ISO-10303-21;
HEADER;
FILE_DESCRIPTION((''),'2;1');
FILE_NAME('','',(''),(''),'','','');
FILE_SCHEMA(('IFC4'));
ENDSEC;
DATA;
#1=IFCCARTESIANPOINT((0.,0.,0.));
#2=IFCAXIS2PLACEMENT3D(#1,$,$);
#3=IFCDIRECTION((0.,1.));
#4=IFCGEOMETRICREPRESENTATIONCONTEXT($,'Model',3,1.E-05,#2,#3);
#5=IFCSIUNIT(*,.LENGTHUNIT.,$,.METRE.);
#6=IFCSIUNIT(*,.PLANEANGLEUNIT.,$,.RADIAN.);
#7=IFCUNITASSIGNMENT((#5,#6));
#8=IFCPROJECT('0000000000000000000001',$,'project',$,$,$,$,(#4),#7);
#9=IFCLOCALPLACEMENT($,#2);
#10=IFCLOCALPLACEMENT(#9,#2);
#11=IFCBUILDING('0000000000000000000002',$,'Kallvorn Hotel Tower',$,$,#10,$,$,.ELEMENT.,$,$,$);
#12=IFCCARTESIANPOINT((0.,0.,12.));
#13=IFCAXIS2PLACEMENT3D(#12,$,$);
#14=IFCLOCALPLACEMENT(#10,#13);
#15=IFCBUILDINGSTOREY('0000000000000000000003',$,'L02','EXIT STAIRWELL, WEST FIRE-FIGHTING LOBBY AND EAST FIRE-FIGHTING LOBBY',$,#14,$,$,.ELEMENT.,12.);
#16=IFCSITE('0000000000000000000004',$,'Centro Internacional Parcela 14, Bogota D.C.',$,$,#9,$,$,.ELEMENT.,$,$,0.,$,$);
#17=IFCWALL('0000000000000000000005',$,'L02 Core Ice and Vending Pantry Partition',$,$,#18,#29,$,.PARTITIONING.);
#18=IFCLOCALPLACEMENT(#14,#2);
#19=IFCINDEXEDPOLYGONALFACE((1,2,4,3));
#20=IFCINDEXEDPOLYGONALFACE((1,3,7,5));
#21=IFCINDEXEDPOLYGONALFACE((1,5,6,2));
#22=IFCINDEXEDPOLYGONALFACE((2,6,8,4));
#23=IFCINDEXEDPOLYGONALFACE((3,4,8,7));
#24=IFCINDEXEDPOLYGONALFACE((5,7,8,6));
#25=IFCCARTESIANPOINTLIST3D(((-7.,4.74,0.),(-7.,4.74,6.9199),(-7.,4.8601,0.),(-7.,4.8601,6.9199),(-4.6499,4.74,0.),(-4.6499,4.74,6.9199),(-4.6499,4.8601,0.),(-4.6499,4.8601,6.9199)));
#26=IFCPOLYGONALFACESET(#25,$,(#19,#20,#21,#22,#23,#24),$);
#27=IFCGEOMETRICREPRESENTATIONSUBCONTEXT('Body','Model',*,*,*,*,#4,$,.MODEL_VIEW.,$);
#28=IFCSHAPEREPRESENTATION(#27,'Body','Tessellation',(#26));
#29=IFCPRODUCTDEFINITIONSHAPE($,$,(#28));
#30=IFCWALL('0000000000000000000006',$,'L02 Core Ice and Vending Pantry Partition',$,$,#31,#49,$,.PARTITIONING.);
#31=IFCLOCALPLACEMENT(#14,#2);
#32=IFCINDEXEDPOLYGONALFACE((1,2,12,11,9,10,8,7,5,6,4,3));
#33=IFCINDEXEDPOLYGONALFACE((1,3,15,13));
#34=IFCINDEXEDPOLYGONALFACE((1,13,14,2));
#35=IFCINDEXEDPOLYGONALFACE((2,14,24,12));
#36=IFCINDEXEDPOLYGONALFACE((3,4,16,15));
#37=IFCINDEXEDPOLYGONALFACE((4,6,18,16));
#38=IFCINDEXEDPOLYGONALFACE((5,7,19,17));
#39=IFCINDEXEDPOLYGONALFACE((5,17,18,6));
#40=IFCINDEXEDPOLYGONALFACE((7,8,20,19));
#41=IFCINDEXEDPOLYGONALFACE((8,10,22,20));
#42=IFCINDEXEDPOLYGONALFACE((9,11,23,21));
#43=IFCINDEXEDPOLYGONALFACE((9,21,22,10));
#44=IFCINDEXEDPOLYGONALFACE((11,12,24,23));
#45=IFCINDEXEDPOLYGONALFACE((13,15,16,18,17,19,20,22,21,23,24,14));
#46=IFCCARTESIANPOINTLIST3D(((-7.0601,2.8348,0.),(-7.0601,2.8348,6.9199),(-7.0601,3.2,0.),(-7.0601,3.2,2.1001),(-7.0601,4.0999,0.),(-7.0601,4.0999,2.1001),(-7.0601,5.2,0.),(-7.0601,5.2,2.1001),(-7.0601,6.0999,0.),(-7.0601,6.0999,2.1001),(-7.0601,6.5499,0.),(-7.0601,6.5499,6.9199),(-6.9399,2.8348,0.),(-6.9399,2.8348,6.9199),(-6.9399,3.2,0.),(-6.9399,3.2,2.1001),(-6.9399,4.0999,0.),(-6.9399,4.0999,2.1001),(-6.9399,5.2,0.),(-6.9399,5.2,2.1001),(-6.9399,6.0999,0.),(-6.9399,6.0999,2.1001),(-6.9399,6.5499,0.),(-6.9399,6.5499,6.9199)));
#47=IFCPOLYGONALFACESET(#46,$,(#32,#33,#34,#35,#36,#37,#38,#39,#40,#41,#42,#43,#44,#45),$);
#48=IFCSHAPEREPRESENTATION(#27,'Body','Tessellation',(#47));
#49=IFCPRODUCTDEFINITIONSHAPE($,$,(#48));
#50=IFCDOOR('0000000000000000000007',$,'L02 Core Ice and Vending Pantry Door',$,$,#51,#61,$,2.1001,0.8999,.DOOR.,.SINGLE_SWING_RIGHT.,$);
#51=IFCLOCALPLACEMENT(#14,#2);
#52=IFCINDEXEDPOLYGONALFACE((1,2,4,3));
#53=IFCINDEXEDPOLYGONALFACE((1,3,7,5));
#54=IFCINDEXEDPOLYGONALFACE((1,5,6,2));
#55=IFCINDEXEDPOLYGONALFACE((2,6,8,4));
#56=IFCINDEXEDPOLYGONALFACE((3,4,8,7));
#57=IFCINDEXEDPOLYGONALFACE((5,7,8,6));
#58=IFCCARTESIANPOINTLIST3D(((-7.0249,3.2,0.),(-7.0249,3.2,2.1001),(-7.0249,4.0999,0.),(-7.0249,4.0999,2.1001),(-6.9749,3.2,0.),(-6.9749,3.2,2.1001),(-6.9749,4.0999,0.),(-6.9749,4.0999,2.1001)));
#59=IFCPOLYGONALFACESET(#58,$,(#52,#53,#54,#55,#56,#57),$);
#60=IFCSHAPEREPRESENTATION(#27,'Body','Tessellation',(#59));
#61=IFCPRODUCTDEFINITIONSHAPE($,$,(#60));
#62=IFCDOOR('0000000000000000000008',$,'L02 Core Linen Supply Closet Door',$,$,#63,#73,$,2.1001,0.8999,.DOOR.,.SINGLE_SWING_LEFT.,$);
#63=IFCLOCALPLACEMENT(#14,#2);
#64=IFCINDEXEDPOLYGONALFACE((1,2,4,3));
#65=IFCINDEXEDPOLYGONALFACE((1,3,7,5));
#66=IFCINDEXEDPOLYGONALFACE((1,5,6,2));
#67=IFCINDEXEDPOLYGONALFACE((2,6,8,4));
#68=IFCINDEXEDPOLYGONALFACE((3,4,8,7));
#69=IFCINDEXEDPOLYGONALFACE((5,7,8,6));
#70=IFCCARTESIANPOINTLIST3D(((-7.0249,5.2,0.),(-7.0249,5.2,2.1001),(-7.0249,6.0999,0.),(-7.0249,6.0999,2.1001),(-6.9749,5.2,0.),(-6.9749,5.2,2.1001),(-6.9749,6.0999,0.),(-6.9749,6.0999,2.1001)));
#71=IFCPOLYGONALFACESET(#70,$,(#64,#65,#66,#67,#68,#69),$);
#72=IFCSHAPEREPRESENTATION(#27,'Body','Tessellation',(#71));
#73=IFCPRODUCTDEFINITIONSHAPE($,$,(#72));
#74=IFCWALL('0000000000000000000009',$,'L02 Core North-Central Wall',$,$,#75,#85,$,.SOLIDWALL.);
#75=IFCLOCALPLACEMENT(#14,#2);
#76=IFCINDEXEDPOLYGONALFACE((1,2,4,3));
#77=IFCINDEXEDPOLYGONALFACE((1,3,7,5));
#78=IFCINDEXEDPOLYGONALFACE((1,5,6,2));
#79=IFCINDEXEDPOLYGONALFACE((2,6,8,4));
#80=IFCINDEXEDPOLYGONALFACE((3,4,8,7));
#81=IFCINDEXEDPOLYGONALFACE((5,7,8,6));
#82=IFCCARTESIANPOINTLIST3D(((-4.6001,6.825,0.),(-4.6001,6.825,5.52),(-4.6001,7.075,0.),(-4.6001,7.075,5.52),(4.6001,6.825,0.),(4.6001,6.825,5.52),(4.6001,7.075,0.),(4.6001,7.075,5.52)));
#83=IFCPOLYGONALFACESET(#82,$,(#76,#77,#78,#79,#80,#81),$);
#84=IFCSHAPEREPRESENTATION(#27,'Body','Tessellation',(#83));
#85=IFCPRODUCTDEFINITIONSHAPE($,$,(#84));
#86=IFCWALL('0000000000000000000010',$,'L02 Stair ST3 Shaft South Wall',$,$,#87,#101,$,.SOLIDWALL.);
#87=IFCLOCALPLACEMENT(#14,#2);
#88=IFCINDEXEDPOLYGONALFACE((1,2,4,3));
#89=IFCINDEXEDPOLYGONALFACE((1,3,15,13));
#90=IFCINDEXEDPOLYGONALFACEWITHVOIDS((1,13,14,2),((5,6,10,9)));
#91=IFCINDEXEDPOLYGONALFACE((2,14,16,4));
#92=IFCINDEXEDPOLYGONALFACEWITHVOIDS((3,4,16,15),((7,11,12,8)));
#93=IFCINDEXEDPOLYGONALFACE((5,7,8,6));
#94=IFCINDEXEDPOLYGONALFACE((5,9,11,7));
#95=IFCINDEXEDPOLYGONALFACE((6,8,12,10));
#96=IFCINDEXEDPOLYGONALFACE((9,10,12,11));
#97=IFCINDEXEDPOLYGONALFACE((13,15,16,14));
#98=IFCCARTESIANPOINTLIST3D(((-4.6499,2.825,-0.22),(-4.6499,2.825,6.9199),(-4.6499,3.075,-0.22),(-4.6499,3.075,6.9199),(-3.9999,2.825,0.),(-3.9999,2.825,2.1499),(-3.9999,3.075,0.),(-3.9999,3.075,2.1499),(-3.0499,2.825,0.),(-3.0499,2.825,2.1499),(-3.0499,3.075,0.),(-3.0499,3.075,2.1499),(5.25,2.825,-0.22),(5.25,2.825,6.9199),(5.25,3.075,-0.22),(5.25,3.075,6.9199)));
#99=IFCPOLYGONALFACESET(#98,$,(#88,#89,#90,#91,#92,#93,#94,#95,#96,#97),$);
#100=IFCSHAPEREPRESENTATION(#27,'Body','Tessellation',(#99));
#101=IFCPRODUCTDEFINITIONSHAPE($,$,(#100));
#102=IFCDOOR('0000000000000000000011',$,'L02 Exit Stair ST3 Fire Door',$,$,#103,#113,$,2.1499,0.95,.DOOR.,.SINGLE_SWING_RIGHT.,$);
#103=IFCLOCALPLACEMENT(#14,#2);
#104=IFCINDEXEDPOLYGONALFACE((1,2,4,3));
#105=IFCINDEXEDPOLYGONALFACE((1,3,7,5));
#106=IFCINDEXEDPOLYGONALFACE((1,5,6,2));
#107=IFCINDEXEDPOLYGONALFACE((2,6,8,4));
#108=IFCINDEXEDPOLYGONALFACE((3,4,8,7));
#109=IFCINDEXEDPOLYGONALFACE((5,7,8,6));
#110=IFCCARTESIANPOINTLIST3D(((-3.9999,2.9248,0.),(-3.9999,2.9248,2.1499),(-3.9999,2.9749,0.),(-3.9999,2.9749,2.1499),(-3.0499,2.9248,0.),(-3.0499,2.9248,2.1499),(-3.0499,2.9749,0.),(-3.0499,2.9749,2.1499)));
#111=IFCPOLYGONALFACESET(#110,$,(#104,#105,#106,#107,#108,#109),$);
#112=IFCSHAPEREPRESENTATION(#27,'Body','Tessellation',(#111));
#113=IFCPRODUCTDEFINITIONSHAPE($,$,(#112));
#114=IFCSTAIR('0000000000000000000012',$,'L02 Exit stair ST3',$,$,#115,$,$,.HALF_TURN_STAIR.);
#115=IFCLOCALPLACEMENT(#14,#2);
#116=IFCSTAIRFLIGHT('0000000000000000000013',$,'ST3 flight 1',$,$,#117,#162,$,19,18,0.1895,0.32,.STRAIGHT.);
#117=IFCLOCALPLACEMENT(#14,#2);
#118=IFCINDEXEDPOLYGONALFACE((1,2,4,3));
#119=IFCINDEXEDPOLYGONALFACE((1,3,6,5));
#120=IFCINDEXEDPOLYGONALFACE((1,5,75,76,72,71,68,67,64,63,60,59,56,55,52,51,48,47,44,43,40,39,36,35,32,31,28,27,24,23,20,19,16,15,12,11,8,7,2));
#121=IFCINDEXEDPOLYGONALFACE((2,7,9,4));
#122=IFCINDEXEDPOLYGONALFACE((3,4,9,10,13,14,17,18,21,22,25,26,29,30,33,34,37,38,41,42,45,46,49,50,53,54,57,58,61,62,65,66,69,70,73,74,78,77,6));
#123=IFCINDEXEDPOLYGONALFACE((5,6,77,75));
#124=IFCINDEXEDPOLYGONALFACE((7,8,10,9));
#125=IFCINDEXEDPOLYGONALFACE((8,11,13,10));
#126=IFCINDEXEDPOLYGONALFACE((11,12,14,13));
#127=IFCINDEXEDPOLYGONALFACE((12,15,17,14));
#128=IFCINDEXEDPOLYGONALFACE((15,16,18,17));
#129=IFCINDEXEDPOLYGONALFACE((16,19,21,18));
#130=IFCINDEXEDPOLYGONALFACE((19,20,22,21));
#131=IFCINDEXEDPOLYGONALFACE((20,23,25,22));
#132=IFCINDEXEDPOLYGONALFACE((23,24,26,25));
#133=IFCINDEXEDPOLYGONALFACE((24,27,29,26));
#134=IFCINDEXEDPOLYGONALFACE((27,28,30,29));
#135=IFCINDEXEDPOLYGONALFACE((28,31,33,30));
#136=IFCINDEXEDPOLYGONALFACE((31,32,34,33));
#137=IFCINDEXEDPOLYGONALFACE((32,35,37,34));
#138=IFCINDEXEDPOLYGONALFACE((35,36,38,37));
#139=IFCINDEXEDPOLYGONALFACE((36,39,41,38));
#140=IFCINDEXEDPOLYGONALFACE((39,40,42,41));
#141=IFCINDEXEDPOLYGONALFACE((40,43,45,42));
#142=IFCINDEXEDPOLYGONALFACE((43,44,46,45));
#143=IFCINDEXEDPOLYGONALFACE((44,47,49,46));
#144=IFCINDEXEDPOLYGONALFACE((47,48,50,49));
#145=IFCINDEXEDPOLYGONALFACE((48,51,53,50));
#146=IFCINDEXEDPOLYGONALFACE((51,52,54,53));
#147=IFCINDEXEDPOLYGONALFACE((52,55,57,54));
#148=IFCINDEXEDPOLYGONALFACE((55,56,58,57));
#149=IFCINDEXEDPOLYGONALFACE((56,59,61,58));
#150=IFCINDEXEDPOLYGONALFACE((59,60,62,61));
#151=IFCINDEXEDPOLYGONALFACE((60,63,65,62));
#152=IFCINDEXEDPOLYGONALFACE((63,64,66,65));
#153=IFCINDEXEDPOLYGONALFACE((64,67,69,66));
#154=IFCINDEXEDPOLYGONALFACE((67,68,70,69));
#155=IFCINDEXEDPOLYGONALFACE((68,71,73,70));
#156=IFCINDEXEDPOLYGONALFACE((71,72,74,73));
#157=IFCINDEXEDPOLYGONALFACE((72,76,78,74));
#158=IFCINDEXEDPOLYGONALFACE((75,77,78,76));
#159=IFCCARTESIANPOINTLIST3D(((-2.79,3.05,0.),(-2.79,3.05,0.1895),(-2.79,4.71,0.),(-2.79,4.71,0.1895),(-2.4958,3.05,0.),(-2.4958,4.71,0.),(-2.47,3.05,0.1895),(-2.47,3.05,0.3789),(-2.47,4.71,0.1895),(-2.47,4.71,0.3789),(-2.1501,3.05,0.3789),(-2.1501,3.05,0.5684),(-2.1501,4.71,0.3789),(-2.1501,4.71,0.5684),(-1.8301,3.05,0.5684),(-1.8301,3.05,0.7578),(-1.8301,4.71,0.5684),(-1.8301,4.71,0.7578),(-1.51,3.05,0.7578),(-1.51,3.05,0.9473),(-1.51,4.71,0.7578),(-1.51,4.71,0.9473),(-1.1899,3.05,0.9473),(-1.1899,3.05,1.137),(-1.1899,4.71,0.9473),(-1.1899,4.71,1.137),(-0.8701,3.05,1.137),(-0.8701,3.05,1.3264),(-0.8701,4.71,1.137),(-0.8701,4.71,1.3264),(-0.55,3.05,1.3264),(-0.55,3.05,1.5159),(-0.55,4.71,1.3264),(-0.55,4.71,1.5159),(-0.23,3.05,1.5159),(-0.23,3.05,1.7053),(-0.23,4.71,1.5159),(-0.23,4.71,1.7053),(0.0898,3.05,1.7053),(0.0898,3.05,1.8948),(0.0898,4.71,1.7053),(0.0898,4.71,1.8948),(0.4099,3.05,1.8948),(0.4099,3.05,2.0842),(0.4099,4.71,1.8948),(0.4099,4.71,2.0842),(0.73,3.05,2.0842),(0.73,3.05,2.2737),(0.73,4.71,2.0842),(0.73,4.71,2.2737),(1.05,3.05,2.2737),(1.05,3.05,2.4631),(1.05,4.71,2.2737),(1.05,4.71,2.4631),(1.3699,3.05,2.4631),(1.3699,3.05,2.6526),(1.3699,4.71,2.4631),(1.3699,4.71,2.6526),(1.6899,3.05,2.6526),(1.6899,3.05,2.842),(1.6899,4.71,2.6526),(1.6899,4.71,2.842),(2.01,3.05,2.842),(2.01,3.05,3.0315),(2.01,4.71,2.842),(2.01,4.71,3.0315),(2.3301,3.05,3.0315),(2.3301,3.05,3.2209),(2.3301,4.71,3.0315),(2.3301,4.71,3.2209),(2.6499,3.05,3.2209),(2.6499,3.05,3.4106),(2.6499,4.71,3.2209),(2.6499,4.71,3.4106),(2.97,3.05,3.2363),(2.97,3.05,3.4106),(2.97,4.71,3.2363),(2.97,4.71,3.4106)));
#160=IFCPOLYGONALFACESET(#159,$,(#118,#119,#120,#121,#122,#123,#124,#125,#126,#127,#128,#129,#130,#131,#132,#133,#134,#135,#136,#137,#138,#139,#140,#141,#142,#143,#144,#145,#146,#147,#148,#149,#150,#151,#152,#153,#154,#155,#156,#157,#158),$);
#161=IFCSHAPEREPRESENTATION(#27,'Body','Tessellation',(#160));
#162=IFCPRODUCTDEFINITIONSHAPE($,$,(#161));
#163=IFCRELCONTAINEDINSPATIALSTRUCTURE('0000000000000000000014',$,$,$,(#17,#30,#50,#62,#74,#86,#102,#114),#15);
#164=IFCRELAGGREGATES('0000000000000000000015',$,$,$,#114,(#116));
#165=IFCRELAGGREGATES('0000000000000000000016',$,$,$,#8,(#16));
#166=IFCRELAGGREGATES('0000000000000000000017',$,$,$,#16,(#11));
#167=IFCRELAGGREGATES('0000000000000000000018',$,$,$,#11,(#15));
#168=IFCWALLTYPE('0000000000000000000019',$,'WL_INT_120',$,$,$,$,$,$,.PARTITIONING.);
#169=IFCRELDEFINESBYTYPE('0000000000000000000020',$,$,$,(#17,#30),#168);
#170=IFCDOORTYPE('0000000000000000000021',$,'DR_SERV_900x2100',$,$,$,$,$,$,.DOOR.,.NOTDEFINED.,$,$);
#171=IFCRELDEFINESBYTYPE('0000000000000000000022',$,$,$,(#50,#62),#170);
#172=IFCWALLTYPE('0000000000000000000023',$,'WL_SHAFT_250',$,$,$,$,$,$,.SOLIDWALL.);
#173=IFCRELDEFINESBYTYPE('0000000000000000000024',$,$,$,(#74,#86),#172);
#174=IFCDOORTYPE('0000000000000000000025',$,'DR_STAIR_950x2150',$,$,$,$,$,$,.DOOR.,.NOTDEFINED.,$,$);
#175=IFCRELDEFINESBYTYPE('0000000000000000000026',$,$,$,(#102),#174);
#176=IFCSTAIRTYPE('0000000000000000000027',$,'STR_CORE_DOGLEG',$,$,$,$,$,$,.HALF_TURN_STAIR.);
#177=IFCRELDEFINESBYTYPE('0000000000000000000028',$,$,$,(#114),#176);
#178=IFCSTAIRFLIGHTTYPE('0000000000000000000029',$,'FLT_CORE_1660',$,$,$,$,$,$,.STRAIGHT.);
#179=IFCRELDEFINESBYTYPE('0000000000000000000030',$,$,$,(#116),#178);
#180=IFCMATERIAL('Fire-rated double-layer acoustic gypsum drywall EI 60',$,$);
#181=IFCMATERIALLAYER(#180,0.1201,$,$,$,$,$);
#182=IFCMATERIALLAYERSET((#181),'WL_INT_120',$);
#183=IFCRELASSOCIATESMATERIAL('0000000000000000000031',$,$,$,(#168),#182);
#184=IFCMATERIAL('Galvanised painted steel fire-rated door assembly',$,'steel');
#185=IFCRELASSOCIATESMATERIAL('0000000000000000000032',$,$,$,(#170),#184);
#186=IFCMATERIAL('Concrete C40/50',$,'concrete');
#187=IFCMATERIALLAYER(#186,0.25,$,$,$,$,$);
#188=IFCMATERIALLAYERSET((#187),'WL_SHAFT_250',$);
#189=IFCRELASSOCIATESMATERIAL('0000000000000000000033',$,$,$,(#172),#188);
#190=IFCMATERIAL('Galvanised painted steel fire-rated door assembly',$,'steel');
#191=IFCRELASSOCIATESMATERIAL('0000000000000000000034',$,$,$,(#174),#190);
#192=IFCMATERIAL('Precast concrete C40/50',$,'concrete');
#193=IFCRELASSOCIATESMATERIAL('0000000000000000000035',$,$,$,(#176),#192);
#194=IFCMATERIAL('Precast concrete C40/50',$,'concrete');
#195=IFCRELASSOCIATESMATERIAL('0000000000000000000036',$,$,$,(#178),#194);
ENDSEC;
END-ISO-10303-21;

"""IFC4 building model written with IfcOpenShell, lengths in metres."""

from ifc_helpers import new_model, si_unit, direction, frame, frame_2d, origin, place, context, subcontext, project, spatial, polyline, rectangle, outline, extrude, material, layer, layer_set, type_object, element, fill, aggregate, save


model = new_model("IFC4")

# Units and contexts
model_context = context("Model", 3, precision=1e-05, world=origin(), true_north=direction((0.0, 1.0)))
body_context = subcontext(model_context, "Body", "Model", "MODEL_VIEW")
ifc_project = project(units=[si_unit("LENGTHUNIT", "METRE"), si_unit("PLANEANGLEUNIT", "RADIAN")], contexts=[model_context])

# Site, building, storey
site_placement = place(None, origin())
site = spatial("IfcSite", under=ifc_project, at=site_placement, Name="Centro Internacional Parcela 14, Bogota D.C.", CompositionType="ELEMENT", RefElevation=0.0)
building_placement = place(site_placement, origin())
building = spatial("IfcBuilding", under=site, at=building_placement, Name="Kallvorn Hotel Tower", CompositionType="ELEMENT")
storey_placement = place(building_placement, frame((0.0, 0.0, 12.0)))
storey = spatial("IfcBuildingStorey", under=building, at=storey_placement, Name="L02", Description="EXIT STAIRWELL, WEST FIRE-FIGHTING LOBBY AND EAST FIRE-FIGHTING LOBBY", CompositionType="ELEMENT", Elevation=12.0)

# Wall
ifc_material_1 = material(Name="Fire-rated double-layer acoustic gypsum drywall EI 60")
ifc_layer_1 = layer(ifc_material_1, 0.1201)
ifc_layer_set_1 = layer_set([ifc_layer_1], Name="WL_INT_120")
wall_type_1 = type_object("IfcWallType", Name="WL_INT_120", PredefinedType="PARTITIONING", material=ifc_layer_set_1)
wall_1_placement = place(storey_placement, frame((-7.0, 4.8, 0.0), z_axis=(0.0, 0.0, 1.0), x_axis=(1.0, 0.0, 0.0)))
element("IfcWall", 1, at=wall_1_placement, inside=storey, type_object=wall_type_1, Name="L02 Core Ice and Vending Pantry Partition", PredefinedType="PARTITIONING", context=body_context, shape_type="SweptSolid", body=[
    extrude(rectangle(XDim=2.3501, YDim=0.1201, at=frame_2d((1.175, 0.0))), origin(), (0.0, 0.0, 1.0), 6.9199),
])

# Wall, openings, doors
wall_2_placement = place(storey_placement, frame((-7.0, 2.835, 0.0), z_axis=(0.0, 0.0, 1.0), x_axis=(0.0, 1.0, 0.0)))
wall_2 = element("IfcWall", 2, at=wall_2_placement, inside=storey, type_object=wall_type_1, Name="L02 Core Ice and Vending Pantry Partition", PredefinedType="PARTITIONING", context=body_context, shape_type="SweptSolid", body=[
    extrude(rectangle(XDim=3.7151, YDim=0.1201, at=frame_2d((1.8574, 0.0))), origin(), (0.0, 0.0, 1.0), 6.9199),
])
opening_1_placement = place(wall_2_placement, frame((0.365, 0.0, 0.0)))
opening_1 = element("IfcOpeningElement", 3, at=opening_1_placement, cuts=wall_2, PredefinedType="OPENING", context=body_context, shape_type="SweptSolid", body=[
    extrude(rectangle(XDim=0.8999, YDim=2.1001, at=frame_2d((0.45, 1.05))), frame((0.0, 0.075, 0.0), z_axis=(0.0, -1.0, 0.0), x_axis=(1.0, 0.0, 0.0)), (0.0, 0.0, 1.0), 0.1501),
])
opening_2_placement = place(wall_2_placement, frame((2.365, 0.0, 0.0)))
opening_2 = element("IfcOpeningElement", 4, at=opening_2_placement, cuts=wall_2, PredefinedType="OPENING", context=body_context, shape_type="SweptSolid", body=[
    extrude(rectangle(XDim=0.8999, YDim=2.1001, at=frame_2d((0.45, 1.05))), frame((0.0, 0.075, 0.0), z_axis=(0.0, -1.0, 0.0), x_axis=(1.0, 0.0, 0.0)), (0.0, 0.0, 1.0), 0.1501),
])
ifc_material_2 = material(Name="Galvanised painted steel fire-rated door assembly", Category="steel")
door_type_1 = type_object("IfcDoorType", Name="DR_SERV_900x2100", OperationType="NOTDEFINED", PredefinedType="DOOR", material=ifc_material_2)
door_1_placement = place(opening_1_placement, origin())
door_1 = element("IfcDoor", 5, at=door_1_placement, inside=storey, type_object=door_type_1, Name="L02 Core Ice and Vending Pantry Door", OperationType="SINGLE_SWING_RIGHT", OverallHeight=2.1001, OverallWidth=0.8999, PredefinedType="DOOR", context=body_context, shape_type="SweptSolid", body=[
    extrude(rectangle(XDim=0.8999, YDim=2.1001, at=frame_2d((0.45, 1.05))), frame((0.0, 0.0249, 0.0), z_axis=(0.0, -1.0, 0.0), x_axis=(1.0, 0.0, 0.0)), (0.0, 0.0, 1.0), 0.05),
])
fill(opening_1, door_1)
door_2_placement = place(opening_2_placement, origin())
door_2 = element("IfcDoor", 6, at=door_2_placement, inside=storey, type_object=door_type_1, Name="L02 Core Linen Supply Closet Door", OperationType="SINGLE_SWING_LEFT", OverallHeight=2.1001, OverallWidth=0.8999, PredefinedType="DOOR", context=body_context, shape_type="SweptSolid", body=[
    extrude(rectangle(XDim=0.8999, YDim=2.1001, at=frame_2d((0.45, 1.05))), frame((0.0, 0.0249, 0.0), z_axis=(0.0, -1.0, 0.0), x_axis=(1.0, 0.0, 0.0)), (0.0, 0.0, 1.0), 0.05),
])
fill(opening_2, door_2)

# Wall
ifc_material_3 = material(Name="Concrete C40/50", Category="concrete")
ifc_layer_2 = layer(ifc_material_3, 0.25)
ifc_layer_set_2 = layer_set([ifc_layer_2], Name="WL_SHAFT_250")
wall_type_2 = type_object("IfcWallType", Name="WL_SHAFT_250", PredefinedType="SOLIDWALL", material=ifc_layer_set_2)
wall_3_placement = place(storey_placement, frame((-4.6001, 6.95, 0.0), z_axis=(0.0, 0.0, 1.0), x_axis=(1.0, 0.0, 0.0)))
element("IfcWall", 7, at=wall_3_placement, inside=storey, type_object=wall_type_2, Name="L02 Core North-Central Wall", PredefinedType="SOLIDWALL", context=body_context, shape_type="SweptSolid", body=[
    extrude(rectangle(XDim=9.2002, YDim=0.25, at=frame_2d((4.6001, 0.0))), origin(), (0.0, 0.0, 1.0), 5.52),
])

# Wall, opening, door
wall_4_placement = place(storey_placement, frame((-4.6499, 2.95, -0.22), z_axis=(0.0, 0.0, 1.0), x_axis=(1.0, 0.0, 0.0)))
wall_4 = element("IfcWall", 8, at=wall_4_placement, inside=storey, type_object=wall_type_2, Name="L02 Stair ST3 Shaft South Wall", PredefinedType="SOLIDWALL", context=body_context, shape_type="SweptSolid", body=[
    extrude(rectangle(XDim=9.8999, YDim=0.25, at=frame_2d((4.95, 0.0))), origin(), (0.0, 0.0, 1.0), 7.1399),
])
opening_3_placement = place(wall_4_placement, frame((0.6499, 0.0, 0.22)))
opening_3 = element("IfcOpeningElement", 9, at=opening_3_placement, cuts=wall_4, PredefinedType="OPENING", context=body_context, shape_type="SweptSolid", body=[
    extrude(rectangle(XDim=0.95, YDim=2.1499, at=frame_2d((0.4751, 1.075))), frame((0.0, 0.1399, 0.0), z_axis=(0.0, -1.0, 0.0), x_axis=(1.0, 0.0, 0.0)), (0.0, 0.0, 1.0), 0.28),
])
ifc_material_4 = material(Name="Galvanised painted steel fire-rated door assembly", Category="steel")
door_type_2 = type_object("IfcDoorType", Name="DR_STAIR_950x2150", OperationType="NOTDEFINED", PredefinedType="DOOR", material=ifc_material_4)
door_3_placement = place(opening_3_placement, origin())
door_3 = element("IfcDoor", 10, at=door_3_placement, inside=storey, type_object=door_type_2, Name="L02 Exit Stair ST3 Fire Door", OperationType="SINGLE_SWING_RIGHT", OverallHeight=2.1499, OverallWidth=0.95, PredefinedType="DOOR", context=body_context, shape_type="SweptSolid", body=[
    extrude(rectangle(XDim=0.95, YDim=2.1499, at=frame_2d((0.4751, 1.075))), frame((0.0, 0.0249, 0.0), z_axis=(0.0, -1.0, 0.0), x_axis=(1.0, 0.0, 0.0)), (0.0, 0.0, 1.0), 0.05),
])
fill(opening_3, door_3)

# Stair, stair flight
ifc_material_5 = material(Name="Precast concrete C40/50", Category="concrete")
stair_type = type_object("IfcStairType", Name="STR_CORE_DOGLEG", PredefinedType="HALF_TURN_STAIR", material=ifc_material_5)
stair_placement = place(storey_placement, origin())
stair = element("IfcStair", 11, at=stair_placement, inside=storey, type_object=stair_type, Name="L02 Exit stair ST3", PredefinedType="HALF_TURN_STAIR")
ifc_material_6 = material(Name="Precast concrete C40/50", Category="concrete")
stair_flight_type = type_object("IfcStairFlightType", Name="FLT_CORE_1660", PredefinedType="STRAIGHT", material=ifc_material_6)
stair_flight_placement = place(storey_placement, frame((-2.79, 3.8799, 0.0), z_axis=(0.0, 0.0, 1.0), x_axis=(1.0, 0.0, 0.0)))
stair_flight = element("IfcStairFlight", 12, at=stair_flight_placement, type_object=stair_flight_type, Name="ST3 flight 1", NumberOfRisers=19, NumberOfTreads=18, PredefinedType="STRAIGHT", RiserHeight=0.1895, TreadLength=0.32, context=body_context, shape_type="SweptSolid", body=[
    extrude(outline(polyline([(0.0, 0.0), (0.0, 0.1895), (0.3201, 0.1895), (0.3201, 0.3789), (0.6399, 0.3789), (0.6399, 0.5684), (0.96, 0.5684), (0.96, 0.7578), (1.28, 0.7578), (1.28, 0.9473), (1.6001, 0.9473), (1.6001, 1.137), (1.9199, 1.137), (1.9199, 1.3264), (2.24, 1.3264), (2.24, 1.5159), (2.5601, 1.5159), (2.5601, 1.7053), (2.8799, 1.7053), (2.8799, 1.8948), (3.2, 1.8948), (3.2, 2.0842), (3.52, 2.0842), (3.52, 2.2737), (3.8401, 2.2737), (3.8401, 2.4631), (4.1599, 2.4631), (4.1599, 2.6526), (4.48, 2.6526), (4.48, 2.842), (4.8, 2.842), (4.8, 3.0315), (5.1201, 3.0315), (5.1201, 3.2209), (5.4399, 3.2209), (5.4399, 3.4106), (5.76, 3.4106), (5.76, 3.6001), (5.76, 3.2363), (0.2942, 0.0), (0.0, 0.0)])), frame((0.0, 0.8301, 0.0), z_axis=(0.0, -1.0, 0.0), x_axis=(1.0, 0.0, 0.0)), (0.0, 0.0, 1.0), 1.6599),
])
aggregate(stair, [stair_flight])

save(model, "model.ifc")
